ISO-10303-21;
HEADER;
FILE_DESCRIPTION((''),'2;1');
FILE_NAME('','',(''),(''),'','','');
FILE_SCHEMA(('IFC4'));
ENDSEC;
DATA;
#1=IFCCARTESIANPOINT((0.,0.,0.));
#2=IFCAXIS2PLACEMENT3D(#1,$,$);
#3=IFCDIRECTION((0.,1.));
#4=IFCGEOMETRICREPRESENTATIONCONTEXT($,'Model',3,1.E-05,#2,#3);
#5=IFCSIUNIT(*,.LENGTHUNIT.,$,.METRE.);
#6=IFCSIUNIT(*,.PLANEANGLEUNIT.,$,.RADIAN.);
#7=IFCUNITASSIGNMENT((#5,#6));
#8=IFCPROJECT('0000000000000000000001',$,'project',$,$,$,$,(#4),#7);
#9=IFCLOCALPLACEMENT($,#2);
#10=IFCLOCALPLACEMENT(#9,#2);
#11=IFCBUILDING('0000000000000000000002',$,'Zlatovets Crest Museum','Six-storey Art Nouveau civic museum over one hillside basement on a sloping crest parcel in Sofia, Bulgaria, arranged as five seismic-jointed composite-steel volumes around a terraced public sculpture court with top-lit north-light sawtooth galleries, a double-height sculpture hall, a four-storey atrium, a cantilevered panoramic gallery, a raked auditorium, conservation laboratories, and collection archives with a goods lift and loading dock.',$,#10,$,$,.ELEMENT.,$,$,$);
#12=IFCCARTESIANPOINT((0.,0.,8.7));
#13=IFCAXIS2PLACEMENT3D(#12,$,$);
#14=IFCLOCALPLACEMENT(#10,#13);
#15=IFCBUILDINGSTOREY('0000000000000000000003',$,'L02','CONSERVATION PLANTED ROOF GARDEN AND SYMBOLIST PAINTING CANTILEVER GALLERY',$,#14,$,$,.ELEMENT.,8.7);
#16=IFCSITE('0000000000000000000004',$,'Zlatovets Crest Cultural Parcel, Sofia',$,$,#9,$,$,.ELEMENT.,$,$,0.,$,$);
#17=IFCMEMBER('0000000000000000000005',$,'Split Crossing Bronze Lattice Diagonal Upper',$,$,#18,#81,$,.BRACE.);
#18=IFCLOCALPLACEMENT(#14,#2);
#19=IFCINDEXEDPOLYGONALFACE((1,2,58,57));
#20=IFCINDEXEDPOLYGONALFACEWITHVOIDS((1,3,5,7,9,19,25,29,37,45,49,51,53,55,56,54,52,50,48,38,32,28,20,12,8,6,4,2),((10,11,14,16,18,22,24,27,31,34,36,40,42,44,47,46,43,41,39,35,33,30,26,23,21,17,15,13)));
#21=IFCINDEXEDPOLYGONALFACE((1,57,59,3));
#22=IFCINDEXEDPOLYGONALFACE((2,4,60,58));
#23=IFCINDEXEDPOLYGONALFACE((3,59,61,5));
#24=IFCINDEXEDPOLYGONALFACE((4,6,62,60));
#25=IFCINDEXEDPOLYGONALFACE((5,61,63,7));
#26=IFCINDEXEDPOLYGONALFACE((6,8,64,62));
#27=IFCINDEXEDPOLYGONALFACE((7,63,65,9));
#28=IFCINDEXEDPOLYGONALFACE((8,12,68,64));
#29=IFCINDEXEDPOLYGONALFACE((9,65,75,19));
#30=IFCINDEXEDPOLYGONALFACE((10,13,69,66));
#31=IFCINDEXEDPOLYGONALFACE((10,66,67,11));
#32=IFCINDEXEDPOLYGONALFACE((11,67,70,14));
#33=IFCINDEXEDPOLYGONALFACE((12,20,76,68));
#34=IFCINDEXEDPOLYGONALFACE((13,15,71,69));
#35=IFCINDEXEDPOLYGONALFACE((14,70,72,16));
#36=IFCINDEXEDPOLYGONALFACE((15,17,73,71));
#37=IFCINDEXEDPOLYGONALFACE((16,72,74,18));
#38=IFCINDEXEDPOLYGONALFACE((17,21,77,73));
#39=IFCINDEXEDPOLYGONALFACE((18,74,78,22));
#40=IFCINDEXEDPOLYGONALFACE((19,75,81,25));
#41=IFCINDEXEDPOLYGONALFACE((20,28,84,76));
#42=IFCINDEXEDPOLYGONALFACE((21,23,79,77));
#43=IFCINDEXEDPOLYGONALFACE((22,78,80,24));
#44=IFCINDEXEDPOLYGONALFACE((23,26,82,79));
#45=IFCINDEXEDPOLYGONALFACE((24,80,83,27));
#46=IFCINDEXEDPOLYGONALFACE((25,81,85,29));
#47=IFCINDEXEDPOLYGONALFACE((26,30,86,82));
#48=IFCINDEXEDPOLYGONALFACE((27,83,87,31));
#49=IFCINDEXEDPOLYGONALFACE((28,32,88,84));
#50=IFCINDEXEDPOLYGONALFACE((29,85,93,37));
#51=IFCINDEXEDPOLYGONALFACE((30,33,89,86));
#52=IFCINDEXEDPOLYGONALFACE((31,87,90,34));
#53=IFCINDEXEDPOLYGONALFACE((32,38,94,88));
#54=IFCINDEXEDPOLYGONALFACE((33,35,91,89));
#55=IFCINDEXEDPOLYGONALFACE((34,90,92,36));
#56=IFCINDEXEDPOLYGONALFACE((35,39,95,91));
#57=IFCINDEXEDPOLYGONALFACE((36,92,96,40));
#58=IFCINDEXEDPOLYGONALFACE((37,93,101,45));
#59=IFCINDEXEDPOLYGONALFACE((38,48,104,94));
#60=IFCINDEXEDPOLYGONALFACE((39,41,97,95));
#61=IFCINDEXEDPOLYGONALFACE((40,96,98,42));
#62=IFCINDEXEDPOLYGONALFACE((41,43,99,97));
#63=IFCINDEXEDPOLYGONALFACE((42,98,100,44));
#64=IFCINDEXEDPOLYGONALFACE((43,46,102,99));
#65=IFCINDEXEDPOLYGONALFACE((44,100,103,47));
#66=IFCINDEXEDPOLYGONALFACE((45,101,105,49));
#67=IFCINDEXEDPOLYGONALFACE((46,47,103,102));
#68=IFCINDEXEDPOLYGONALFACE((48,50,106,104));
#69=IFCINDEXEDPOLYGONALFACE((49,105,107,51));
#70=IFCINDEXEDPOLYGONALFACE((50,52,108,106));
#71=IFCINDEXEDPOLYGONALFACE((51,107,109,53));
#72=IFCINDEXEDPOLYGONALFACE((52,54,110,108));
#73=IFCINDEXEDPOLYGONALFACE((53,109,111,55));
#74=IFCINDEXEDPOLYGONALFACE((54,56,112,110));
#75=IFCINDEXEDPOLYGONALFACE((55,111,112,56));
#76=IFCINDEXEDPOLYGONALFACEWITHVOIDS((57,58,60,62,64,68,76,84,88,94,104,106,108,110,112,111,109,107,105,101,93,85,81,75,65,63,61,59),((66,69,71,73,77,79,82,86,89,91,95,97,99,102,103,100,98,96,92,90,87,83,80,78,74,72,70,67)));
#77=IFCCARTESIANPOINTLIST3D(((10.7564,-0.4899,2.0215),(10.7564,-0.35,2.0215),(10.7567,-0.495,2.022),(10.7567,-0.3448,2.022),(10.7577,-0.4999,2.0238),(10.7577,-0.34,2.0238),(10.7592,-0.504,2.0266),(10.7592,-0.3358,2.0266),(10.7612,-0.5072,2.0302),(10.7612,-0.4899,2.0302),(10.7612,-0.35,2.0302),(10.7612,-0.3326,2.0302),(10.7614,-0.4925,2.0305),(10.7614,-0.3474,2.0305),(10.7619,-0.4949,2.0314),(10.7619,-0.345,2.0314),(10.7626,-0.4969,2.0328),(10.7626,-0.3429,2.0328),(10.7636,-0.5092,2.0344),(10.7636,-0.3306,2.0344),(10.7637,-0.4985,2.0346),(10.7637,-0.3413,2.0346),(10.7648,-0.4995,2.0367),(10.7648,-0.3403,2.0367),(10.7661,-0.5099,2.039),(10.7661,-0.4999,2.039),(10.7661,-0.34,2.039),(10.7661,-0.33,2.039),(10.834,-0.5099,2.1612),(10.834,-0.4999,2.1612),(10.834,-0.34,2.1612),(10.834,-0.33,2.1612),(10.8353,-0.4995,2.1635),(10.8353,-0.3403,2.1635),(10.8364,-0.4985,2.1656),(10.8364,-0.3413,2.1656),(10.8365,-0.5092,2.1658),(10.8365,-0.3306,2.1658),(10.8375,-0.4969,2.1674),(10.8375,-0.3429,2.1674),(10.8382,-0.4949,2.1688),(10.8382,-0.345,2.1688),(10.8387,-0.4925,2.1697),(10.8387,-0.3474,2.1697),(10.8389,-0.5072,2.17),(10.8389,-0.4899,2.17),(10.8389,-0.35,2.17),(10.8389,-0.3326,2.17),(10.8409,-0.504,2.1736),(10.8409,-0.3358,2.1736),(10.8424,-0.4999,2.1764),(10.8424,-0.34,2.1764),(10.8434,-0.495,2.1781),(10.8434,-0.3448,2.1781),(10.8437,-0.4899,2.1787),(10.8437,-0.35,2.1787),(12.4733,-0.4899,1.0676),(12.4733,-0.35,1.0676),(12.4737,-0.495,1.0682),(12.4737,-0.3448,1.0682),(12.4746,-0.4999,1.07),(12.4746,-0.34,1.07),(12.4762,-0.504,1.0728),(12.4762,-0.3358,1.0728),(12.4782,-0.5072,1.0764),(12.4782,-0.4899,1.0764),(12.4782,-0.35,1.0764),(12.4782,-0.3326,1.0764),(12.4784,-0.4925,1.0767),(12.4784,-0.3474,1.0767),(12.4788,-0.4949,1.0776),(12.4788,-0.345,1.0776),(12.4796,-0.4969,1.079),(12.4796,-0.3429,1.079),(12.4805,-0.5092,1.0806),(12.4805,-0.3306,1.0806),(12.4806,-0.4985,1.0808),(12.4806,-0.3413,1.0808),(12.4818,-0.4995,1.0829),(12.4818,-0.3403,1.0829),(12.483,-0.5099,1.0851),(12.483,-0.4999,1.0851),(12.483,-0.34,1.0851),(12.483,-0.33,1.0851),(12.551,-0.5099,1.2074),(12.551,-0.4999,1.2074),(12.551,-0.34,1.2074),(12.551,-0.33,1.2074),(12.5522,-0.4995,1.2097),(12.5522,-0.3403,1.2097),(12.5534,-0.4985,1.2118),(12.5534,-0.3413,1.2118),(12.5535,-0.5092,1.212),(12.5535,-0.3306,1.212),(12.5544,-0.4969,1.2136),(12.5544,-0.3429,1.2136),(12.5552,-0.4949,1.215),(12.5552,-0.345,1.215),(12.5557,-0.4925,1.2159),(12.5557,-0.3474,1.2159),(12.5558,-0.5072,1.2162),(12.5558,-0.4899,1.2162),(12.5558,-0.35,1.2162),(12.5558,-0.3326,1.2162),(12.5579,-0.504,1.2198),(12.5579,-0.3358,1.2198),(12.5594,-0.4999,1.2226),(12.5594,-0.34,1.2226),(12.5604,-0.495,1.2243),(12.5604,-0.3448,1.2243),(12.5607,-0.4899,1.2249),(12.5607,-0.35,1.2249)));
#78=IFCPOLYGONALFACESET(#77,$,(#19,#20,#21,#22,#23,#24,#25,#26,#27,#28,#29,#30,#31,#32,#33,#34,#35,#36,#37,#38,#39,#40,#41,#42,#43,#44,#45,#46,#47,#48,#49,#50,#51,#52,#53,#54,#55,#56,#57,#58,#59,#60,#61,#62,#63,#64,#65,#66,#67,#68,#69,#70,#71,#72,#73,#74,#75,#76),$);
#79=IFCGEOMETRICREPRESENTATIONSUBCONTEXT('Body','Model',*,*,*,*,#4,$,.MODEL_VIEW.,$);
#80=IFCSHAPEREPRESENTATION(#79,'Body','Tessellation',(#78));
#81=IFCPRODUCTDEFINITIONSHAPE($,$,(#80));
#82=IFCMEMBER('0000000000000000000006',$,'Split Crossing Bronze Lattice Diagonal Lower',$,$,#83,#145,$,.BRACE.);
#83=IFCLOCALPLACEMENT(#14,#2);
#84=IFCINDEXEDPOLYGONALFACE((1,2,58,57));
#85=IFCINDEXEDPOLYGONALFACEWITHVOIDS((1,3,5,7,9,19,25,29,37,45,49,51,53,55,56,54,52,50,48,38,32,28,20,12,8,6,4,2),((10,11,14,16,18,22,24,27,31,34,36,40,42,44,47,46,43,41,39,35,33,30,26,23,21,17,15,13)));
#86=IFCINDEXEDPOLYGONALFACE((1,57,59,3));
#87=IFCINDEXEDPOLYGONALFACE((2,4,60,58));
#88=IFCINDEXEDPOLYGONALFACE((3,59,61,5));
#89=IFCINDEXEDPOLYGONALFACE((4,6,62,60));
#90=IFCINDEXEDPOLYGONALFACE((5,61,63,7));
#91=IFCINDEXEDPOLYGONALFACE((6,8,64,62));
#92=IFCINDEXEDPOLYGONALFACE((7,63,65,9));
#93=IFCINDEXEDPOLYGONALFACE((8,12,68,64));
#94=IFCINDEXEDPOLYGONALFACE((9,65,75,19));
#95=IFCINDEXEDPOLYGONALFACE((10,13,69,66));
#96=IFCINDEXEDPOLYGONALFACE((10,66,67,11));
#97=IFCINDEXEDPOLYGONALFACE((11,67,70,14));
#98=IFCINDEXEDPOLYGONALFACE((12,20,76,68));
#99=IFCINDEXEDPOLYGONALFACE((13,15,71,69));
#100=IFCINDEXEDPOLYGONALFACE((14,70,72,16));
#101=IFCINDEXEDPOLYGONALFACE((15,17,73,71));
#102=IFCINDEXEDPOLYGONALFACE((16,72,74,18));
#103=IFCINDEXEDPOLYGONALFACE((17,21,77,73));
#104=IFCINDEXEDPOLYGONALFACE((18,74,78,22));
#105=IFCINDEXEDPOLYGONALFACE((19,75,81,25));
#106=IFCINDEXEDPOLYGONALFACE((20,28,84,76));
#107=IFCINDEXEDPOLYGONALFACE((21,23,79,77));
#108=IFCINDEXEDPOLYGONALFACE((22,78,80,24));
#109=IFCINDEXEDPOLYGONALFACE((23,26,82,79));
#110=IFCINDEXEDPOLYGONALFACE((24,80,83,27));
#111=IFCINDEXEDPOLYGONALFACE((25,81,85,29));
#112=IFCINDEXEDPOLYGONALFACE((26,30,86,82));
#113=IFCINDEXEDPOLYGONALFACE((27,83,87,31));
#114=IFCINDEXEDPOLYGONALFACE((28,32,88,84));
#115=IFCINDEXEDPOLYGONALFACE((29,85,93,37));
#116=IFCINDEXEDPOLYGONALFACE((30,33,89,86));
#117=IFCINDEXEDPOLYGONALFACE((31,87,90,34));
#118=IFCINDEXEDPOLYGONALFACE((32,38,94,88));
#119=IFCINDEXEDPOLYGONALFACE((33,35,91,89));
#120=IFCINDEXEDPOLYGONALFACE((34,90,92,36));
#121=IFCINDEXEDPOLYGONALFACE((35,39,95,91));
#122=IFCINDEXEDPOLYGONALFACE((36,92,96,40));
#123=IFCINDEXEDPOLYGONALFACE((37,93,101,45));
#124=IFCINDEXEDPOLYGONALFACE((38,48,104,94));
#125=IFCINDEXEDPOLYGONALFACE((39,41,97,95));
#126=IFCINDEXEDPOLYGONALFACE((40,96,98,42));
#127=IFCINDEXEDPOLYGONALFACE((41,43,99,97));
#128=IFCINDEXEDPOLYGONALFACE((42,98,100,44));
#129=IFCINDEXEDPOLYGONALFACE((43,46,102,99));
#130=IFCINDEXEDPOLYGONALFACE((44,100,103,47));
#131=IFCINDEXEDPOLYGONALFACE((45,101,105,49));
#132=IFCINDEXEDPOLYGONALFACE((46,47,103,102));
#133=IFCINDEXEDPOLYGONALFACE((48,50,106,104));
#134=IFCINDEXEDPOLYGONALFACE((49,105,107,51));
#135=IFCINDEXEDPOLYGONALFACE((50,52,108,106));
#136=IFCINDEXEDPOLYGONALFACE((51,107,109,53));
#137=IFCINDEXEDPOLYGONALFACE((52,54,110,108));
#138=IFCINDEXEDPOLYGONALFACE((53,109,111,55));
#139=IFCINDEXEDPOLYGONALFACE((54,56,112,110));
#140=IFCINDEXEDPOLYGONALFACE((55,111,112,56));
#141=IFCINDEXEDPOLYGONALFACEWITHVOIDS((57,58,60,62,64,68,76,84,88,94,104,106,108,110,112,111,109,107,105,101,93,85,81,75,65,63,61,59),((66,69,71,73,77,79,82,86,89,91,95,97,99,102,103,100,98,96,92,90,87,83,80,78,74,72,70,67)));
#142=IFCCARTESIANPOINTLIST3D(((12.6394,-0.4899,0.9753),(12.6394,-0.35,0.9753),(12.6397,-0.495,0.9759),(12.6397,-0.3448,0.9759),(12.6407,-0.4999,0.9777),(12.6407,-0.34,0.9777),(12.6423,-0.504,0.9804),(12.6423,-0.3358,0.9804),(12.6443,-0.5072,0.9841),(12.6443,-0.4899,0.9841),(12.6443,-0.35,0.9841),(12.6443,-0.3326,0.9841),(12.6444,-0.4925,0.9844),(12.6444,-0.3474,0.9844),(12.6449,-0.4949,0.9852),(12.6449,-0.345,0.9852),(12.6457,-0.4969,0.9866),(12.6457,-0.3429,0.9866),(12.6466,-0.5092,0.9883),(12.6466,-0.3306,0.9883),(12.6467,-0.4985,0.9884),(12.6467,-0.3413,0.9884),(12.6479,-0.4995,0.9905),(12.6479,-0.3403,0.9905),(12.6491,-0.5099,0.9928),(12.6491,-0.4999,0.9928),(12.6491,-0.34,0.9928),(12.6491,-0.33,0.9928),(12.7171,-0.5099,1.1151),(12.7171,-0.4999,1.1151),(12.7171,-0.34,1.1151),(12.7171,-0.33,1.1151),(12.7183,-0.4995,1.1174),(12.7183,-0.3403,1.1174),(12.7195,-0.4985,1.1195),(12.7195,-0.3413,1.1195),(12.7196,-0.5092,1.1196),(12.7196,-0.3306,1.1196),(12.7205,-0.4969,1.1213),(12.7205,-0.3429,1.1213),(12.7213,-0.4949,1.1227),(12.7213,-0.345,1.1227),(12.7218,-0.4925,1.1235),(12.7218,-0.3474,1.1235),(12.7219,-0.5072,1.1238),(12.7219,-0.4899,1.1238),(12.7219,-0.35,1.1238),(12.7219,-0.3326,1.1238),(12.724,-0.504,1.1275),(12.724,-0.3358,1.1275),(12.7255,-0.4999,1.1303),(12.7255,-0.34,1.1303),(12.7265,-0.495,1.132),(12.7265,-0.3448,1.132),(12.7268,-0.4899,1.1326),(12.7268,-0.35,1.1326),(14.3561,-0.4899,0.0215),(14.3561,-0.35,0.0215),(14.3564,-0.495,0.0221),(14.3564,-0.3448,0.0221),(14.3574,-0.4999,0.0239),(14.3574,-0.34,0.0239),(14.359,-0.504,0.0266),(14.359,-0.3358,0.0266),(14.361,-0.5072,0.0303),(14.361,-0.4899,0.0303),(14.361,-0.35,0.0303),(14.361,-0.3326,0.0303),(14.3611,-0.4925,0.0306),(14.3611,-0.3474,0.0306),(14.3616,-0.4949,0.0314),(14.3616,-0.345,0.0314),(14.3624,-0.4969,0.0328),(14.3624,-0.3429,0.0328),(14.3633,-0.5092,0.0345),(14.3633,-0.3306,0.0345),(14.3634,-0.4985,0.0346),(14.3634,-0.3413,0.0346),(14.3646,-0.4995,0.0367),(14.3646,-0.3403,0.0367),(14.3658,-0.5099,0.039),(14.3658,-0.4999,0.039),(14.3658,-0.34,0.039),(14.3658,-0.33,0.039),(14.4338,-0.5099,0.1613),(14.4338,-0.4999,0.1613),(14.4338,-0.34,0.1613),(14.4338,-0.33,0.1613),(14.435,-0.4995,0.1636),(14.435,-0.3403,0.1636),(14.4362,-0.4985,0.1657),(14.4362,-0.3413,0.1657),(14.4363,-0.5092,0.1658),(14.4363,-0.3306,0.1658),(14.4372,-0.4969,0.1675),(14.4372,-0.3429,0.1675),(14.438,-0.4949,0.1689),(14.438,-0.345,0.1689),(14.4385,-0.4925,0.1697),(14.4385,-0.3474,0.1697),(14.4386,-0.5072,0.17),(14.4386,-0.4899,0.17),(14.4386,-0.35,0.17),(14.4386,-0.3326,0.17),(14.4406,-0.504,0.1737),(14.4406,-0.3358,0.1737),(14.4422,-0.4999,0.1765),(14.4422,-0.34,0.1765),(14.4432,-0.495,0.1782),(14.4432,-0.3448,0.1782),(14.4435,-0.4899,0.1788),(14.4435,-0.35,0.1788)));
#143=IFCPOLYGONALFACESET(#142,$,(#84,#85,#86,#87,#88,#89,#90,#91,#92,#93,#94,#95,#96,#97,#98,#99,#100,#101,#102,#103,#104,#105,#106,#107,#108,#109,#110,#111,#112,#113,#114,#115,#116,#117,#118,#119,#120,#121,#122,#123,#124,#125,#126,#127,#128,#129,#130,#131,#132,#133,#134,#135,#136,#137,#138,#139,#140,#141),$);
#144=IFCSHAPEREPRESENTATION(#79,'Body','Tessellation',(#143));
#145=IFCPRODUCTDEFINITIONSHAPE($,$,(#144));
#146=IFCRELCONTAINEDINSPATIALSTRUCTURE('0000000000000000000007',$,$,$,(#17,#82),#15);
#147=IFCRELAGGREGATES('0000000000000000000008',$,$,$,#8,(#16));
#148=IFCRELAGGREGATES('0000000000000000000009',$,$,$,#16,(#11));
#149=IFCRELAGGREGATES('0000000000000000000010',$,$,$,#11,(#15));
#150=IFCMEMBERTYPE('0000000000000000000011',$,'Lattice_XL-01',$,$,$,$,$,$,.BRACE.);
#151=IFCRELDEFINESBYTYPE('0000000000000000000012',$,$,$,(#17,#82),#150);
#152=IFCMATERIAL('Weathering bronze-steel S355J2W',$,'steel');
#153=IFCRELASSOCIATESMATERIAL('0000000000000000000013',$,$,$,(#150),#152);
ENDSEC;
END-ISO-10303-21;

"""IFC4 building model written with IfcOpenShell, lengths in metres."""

from ifc_helpers import new_model, si_unit, direction, frame, origin, origin_2d, place, context, subcontext, project, spatial, hollow_rectangle, extrude, material, material_profile, profile_set, type_object, element, save


model = new_model("IFC4")

# Units and contexts
model_context = context("Model", 3, precision=1e-05, world=origin(), true_north=direction((0.0, 1.0)))
body_context = subcontext(model_context, "Body", "Model", "MODEL_VIEW")
ifc_project = project(units=[si_unit("LENGTHUNIT", "METRE"), si_unit("PLANEANGLEUNIT", "RADIAN")], contexts=[model_context])

# Site, building, storey
site_placement = place(None, origin())
site = spatial("IfcSite", under=ifc_project, at=site_placement, Name="Zlatovets Crest Cultural Parcel, Sofia", CompositionType="ELEMENT", RefElevation=0.0)
building_placement = place(site_placement, origin())
building = spatial("IfcBuilding", under=site, at=building_placement, Name="Zlatovets Crest Museum", Description="Six-storey Art Nouveau civic museum over one hillside basement on a sloping crest parcel in Sofia, Bulgaria, arranged as five seismic-jointed composite-steel volumes around a terraced public sculpture court with top-lit north-light sawtooth galleries, a double-height sculpture hall, a four-storey atrium, a cantilevered panoramic gallery, a raked auditorium, conservation laboratories, and collection archives with a goods lift and loading dock.", CompositionType="ELEMENT")
storey_placement = place(building_placement, frame((0.0, 0.0, 8.7)))
storey = spatial("IfcBuildingStorey", under=building, at=storey_placement, Name="L02", Description="CONSERVATION PLANTED ROOF GARDEN AND SYMBOLIST PAINTING CANTILEVER GALLERY", CompositionType="ELEMENT", Elevation=8.7)

# Members
ifc_material_1 = material(Name="Weathering bronze-steel S355J2W", Category="steel")
ifc_material_profile_1 = material_profile(ifc_material_1, hollow_rectangle(XDim=0.1799, YDim=0.1799, WallThickness=0.01, InnerFilletRadius=0.01, OuterFilletRadius=0.02, at=origin_2d()), Name="SHS 180x180x10.0")
ifc_profile_set_1 = profile_set([ifc_material_profile_1], Name="Weathering bronze-steel S355J2W")
member_type_1 = type_object("IfcMemberType", Name="Lattice_XL-01", PredefinedType="BRACE", material=ifc_profile_set_1)
member_1_placement = place(storey_placement, frame((10.8, -0.4199, 2.1001), z_axis=(0.874169, 0.0, -0.485622), x_axis=(0.0, 1.0, 0.0)))
element("IfcMember", 1, at=member_1_placement, inside=storey, type_object=member_type_1, Name="Split Crossing Bronze Lattice Diagonal Upper", PredefinedType="BRACE", context=body_context, shape_type="SweptSolid", body=[
    extrude(hollow_rectangle(XDim=0.1799, YDim=0.1799, WallThickness=0.01, InnerFilletRadius=0.01, OuterFilletRadius=0.02, at=origin_2d()), origin(), (0.0, 0.0, 1.0), 1.9641),
])
member_2_placement = place(storey_placement, frame((12.6831, -0.4199, 1.054), z_axis=(0.87414, 0.0, -0.485675), x_axis=(0.0, 1.0, 0.0)))
element("IfcMember", 2, at=member_2_placement, inside=storey, type_object=member_type_1, Name="Split Crossing Bronze Lattice Diagonal Lower", PredefinedType="BRACE", context=body_context, shape_type="SweptSolid", body=[
    extrude(hollow_rectangle(XDim=0.1799, YDim=0.1799, WallThickness=0.01, InnerFilletRadius=0.01, OuterFilletRadius=0.02, at=origin_2d()), origin(), (0.0, 0.0, 1.0), 1.9639),
])

save(model, "model.ifc")
